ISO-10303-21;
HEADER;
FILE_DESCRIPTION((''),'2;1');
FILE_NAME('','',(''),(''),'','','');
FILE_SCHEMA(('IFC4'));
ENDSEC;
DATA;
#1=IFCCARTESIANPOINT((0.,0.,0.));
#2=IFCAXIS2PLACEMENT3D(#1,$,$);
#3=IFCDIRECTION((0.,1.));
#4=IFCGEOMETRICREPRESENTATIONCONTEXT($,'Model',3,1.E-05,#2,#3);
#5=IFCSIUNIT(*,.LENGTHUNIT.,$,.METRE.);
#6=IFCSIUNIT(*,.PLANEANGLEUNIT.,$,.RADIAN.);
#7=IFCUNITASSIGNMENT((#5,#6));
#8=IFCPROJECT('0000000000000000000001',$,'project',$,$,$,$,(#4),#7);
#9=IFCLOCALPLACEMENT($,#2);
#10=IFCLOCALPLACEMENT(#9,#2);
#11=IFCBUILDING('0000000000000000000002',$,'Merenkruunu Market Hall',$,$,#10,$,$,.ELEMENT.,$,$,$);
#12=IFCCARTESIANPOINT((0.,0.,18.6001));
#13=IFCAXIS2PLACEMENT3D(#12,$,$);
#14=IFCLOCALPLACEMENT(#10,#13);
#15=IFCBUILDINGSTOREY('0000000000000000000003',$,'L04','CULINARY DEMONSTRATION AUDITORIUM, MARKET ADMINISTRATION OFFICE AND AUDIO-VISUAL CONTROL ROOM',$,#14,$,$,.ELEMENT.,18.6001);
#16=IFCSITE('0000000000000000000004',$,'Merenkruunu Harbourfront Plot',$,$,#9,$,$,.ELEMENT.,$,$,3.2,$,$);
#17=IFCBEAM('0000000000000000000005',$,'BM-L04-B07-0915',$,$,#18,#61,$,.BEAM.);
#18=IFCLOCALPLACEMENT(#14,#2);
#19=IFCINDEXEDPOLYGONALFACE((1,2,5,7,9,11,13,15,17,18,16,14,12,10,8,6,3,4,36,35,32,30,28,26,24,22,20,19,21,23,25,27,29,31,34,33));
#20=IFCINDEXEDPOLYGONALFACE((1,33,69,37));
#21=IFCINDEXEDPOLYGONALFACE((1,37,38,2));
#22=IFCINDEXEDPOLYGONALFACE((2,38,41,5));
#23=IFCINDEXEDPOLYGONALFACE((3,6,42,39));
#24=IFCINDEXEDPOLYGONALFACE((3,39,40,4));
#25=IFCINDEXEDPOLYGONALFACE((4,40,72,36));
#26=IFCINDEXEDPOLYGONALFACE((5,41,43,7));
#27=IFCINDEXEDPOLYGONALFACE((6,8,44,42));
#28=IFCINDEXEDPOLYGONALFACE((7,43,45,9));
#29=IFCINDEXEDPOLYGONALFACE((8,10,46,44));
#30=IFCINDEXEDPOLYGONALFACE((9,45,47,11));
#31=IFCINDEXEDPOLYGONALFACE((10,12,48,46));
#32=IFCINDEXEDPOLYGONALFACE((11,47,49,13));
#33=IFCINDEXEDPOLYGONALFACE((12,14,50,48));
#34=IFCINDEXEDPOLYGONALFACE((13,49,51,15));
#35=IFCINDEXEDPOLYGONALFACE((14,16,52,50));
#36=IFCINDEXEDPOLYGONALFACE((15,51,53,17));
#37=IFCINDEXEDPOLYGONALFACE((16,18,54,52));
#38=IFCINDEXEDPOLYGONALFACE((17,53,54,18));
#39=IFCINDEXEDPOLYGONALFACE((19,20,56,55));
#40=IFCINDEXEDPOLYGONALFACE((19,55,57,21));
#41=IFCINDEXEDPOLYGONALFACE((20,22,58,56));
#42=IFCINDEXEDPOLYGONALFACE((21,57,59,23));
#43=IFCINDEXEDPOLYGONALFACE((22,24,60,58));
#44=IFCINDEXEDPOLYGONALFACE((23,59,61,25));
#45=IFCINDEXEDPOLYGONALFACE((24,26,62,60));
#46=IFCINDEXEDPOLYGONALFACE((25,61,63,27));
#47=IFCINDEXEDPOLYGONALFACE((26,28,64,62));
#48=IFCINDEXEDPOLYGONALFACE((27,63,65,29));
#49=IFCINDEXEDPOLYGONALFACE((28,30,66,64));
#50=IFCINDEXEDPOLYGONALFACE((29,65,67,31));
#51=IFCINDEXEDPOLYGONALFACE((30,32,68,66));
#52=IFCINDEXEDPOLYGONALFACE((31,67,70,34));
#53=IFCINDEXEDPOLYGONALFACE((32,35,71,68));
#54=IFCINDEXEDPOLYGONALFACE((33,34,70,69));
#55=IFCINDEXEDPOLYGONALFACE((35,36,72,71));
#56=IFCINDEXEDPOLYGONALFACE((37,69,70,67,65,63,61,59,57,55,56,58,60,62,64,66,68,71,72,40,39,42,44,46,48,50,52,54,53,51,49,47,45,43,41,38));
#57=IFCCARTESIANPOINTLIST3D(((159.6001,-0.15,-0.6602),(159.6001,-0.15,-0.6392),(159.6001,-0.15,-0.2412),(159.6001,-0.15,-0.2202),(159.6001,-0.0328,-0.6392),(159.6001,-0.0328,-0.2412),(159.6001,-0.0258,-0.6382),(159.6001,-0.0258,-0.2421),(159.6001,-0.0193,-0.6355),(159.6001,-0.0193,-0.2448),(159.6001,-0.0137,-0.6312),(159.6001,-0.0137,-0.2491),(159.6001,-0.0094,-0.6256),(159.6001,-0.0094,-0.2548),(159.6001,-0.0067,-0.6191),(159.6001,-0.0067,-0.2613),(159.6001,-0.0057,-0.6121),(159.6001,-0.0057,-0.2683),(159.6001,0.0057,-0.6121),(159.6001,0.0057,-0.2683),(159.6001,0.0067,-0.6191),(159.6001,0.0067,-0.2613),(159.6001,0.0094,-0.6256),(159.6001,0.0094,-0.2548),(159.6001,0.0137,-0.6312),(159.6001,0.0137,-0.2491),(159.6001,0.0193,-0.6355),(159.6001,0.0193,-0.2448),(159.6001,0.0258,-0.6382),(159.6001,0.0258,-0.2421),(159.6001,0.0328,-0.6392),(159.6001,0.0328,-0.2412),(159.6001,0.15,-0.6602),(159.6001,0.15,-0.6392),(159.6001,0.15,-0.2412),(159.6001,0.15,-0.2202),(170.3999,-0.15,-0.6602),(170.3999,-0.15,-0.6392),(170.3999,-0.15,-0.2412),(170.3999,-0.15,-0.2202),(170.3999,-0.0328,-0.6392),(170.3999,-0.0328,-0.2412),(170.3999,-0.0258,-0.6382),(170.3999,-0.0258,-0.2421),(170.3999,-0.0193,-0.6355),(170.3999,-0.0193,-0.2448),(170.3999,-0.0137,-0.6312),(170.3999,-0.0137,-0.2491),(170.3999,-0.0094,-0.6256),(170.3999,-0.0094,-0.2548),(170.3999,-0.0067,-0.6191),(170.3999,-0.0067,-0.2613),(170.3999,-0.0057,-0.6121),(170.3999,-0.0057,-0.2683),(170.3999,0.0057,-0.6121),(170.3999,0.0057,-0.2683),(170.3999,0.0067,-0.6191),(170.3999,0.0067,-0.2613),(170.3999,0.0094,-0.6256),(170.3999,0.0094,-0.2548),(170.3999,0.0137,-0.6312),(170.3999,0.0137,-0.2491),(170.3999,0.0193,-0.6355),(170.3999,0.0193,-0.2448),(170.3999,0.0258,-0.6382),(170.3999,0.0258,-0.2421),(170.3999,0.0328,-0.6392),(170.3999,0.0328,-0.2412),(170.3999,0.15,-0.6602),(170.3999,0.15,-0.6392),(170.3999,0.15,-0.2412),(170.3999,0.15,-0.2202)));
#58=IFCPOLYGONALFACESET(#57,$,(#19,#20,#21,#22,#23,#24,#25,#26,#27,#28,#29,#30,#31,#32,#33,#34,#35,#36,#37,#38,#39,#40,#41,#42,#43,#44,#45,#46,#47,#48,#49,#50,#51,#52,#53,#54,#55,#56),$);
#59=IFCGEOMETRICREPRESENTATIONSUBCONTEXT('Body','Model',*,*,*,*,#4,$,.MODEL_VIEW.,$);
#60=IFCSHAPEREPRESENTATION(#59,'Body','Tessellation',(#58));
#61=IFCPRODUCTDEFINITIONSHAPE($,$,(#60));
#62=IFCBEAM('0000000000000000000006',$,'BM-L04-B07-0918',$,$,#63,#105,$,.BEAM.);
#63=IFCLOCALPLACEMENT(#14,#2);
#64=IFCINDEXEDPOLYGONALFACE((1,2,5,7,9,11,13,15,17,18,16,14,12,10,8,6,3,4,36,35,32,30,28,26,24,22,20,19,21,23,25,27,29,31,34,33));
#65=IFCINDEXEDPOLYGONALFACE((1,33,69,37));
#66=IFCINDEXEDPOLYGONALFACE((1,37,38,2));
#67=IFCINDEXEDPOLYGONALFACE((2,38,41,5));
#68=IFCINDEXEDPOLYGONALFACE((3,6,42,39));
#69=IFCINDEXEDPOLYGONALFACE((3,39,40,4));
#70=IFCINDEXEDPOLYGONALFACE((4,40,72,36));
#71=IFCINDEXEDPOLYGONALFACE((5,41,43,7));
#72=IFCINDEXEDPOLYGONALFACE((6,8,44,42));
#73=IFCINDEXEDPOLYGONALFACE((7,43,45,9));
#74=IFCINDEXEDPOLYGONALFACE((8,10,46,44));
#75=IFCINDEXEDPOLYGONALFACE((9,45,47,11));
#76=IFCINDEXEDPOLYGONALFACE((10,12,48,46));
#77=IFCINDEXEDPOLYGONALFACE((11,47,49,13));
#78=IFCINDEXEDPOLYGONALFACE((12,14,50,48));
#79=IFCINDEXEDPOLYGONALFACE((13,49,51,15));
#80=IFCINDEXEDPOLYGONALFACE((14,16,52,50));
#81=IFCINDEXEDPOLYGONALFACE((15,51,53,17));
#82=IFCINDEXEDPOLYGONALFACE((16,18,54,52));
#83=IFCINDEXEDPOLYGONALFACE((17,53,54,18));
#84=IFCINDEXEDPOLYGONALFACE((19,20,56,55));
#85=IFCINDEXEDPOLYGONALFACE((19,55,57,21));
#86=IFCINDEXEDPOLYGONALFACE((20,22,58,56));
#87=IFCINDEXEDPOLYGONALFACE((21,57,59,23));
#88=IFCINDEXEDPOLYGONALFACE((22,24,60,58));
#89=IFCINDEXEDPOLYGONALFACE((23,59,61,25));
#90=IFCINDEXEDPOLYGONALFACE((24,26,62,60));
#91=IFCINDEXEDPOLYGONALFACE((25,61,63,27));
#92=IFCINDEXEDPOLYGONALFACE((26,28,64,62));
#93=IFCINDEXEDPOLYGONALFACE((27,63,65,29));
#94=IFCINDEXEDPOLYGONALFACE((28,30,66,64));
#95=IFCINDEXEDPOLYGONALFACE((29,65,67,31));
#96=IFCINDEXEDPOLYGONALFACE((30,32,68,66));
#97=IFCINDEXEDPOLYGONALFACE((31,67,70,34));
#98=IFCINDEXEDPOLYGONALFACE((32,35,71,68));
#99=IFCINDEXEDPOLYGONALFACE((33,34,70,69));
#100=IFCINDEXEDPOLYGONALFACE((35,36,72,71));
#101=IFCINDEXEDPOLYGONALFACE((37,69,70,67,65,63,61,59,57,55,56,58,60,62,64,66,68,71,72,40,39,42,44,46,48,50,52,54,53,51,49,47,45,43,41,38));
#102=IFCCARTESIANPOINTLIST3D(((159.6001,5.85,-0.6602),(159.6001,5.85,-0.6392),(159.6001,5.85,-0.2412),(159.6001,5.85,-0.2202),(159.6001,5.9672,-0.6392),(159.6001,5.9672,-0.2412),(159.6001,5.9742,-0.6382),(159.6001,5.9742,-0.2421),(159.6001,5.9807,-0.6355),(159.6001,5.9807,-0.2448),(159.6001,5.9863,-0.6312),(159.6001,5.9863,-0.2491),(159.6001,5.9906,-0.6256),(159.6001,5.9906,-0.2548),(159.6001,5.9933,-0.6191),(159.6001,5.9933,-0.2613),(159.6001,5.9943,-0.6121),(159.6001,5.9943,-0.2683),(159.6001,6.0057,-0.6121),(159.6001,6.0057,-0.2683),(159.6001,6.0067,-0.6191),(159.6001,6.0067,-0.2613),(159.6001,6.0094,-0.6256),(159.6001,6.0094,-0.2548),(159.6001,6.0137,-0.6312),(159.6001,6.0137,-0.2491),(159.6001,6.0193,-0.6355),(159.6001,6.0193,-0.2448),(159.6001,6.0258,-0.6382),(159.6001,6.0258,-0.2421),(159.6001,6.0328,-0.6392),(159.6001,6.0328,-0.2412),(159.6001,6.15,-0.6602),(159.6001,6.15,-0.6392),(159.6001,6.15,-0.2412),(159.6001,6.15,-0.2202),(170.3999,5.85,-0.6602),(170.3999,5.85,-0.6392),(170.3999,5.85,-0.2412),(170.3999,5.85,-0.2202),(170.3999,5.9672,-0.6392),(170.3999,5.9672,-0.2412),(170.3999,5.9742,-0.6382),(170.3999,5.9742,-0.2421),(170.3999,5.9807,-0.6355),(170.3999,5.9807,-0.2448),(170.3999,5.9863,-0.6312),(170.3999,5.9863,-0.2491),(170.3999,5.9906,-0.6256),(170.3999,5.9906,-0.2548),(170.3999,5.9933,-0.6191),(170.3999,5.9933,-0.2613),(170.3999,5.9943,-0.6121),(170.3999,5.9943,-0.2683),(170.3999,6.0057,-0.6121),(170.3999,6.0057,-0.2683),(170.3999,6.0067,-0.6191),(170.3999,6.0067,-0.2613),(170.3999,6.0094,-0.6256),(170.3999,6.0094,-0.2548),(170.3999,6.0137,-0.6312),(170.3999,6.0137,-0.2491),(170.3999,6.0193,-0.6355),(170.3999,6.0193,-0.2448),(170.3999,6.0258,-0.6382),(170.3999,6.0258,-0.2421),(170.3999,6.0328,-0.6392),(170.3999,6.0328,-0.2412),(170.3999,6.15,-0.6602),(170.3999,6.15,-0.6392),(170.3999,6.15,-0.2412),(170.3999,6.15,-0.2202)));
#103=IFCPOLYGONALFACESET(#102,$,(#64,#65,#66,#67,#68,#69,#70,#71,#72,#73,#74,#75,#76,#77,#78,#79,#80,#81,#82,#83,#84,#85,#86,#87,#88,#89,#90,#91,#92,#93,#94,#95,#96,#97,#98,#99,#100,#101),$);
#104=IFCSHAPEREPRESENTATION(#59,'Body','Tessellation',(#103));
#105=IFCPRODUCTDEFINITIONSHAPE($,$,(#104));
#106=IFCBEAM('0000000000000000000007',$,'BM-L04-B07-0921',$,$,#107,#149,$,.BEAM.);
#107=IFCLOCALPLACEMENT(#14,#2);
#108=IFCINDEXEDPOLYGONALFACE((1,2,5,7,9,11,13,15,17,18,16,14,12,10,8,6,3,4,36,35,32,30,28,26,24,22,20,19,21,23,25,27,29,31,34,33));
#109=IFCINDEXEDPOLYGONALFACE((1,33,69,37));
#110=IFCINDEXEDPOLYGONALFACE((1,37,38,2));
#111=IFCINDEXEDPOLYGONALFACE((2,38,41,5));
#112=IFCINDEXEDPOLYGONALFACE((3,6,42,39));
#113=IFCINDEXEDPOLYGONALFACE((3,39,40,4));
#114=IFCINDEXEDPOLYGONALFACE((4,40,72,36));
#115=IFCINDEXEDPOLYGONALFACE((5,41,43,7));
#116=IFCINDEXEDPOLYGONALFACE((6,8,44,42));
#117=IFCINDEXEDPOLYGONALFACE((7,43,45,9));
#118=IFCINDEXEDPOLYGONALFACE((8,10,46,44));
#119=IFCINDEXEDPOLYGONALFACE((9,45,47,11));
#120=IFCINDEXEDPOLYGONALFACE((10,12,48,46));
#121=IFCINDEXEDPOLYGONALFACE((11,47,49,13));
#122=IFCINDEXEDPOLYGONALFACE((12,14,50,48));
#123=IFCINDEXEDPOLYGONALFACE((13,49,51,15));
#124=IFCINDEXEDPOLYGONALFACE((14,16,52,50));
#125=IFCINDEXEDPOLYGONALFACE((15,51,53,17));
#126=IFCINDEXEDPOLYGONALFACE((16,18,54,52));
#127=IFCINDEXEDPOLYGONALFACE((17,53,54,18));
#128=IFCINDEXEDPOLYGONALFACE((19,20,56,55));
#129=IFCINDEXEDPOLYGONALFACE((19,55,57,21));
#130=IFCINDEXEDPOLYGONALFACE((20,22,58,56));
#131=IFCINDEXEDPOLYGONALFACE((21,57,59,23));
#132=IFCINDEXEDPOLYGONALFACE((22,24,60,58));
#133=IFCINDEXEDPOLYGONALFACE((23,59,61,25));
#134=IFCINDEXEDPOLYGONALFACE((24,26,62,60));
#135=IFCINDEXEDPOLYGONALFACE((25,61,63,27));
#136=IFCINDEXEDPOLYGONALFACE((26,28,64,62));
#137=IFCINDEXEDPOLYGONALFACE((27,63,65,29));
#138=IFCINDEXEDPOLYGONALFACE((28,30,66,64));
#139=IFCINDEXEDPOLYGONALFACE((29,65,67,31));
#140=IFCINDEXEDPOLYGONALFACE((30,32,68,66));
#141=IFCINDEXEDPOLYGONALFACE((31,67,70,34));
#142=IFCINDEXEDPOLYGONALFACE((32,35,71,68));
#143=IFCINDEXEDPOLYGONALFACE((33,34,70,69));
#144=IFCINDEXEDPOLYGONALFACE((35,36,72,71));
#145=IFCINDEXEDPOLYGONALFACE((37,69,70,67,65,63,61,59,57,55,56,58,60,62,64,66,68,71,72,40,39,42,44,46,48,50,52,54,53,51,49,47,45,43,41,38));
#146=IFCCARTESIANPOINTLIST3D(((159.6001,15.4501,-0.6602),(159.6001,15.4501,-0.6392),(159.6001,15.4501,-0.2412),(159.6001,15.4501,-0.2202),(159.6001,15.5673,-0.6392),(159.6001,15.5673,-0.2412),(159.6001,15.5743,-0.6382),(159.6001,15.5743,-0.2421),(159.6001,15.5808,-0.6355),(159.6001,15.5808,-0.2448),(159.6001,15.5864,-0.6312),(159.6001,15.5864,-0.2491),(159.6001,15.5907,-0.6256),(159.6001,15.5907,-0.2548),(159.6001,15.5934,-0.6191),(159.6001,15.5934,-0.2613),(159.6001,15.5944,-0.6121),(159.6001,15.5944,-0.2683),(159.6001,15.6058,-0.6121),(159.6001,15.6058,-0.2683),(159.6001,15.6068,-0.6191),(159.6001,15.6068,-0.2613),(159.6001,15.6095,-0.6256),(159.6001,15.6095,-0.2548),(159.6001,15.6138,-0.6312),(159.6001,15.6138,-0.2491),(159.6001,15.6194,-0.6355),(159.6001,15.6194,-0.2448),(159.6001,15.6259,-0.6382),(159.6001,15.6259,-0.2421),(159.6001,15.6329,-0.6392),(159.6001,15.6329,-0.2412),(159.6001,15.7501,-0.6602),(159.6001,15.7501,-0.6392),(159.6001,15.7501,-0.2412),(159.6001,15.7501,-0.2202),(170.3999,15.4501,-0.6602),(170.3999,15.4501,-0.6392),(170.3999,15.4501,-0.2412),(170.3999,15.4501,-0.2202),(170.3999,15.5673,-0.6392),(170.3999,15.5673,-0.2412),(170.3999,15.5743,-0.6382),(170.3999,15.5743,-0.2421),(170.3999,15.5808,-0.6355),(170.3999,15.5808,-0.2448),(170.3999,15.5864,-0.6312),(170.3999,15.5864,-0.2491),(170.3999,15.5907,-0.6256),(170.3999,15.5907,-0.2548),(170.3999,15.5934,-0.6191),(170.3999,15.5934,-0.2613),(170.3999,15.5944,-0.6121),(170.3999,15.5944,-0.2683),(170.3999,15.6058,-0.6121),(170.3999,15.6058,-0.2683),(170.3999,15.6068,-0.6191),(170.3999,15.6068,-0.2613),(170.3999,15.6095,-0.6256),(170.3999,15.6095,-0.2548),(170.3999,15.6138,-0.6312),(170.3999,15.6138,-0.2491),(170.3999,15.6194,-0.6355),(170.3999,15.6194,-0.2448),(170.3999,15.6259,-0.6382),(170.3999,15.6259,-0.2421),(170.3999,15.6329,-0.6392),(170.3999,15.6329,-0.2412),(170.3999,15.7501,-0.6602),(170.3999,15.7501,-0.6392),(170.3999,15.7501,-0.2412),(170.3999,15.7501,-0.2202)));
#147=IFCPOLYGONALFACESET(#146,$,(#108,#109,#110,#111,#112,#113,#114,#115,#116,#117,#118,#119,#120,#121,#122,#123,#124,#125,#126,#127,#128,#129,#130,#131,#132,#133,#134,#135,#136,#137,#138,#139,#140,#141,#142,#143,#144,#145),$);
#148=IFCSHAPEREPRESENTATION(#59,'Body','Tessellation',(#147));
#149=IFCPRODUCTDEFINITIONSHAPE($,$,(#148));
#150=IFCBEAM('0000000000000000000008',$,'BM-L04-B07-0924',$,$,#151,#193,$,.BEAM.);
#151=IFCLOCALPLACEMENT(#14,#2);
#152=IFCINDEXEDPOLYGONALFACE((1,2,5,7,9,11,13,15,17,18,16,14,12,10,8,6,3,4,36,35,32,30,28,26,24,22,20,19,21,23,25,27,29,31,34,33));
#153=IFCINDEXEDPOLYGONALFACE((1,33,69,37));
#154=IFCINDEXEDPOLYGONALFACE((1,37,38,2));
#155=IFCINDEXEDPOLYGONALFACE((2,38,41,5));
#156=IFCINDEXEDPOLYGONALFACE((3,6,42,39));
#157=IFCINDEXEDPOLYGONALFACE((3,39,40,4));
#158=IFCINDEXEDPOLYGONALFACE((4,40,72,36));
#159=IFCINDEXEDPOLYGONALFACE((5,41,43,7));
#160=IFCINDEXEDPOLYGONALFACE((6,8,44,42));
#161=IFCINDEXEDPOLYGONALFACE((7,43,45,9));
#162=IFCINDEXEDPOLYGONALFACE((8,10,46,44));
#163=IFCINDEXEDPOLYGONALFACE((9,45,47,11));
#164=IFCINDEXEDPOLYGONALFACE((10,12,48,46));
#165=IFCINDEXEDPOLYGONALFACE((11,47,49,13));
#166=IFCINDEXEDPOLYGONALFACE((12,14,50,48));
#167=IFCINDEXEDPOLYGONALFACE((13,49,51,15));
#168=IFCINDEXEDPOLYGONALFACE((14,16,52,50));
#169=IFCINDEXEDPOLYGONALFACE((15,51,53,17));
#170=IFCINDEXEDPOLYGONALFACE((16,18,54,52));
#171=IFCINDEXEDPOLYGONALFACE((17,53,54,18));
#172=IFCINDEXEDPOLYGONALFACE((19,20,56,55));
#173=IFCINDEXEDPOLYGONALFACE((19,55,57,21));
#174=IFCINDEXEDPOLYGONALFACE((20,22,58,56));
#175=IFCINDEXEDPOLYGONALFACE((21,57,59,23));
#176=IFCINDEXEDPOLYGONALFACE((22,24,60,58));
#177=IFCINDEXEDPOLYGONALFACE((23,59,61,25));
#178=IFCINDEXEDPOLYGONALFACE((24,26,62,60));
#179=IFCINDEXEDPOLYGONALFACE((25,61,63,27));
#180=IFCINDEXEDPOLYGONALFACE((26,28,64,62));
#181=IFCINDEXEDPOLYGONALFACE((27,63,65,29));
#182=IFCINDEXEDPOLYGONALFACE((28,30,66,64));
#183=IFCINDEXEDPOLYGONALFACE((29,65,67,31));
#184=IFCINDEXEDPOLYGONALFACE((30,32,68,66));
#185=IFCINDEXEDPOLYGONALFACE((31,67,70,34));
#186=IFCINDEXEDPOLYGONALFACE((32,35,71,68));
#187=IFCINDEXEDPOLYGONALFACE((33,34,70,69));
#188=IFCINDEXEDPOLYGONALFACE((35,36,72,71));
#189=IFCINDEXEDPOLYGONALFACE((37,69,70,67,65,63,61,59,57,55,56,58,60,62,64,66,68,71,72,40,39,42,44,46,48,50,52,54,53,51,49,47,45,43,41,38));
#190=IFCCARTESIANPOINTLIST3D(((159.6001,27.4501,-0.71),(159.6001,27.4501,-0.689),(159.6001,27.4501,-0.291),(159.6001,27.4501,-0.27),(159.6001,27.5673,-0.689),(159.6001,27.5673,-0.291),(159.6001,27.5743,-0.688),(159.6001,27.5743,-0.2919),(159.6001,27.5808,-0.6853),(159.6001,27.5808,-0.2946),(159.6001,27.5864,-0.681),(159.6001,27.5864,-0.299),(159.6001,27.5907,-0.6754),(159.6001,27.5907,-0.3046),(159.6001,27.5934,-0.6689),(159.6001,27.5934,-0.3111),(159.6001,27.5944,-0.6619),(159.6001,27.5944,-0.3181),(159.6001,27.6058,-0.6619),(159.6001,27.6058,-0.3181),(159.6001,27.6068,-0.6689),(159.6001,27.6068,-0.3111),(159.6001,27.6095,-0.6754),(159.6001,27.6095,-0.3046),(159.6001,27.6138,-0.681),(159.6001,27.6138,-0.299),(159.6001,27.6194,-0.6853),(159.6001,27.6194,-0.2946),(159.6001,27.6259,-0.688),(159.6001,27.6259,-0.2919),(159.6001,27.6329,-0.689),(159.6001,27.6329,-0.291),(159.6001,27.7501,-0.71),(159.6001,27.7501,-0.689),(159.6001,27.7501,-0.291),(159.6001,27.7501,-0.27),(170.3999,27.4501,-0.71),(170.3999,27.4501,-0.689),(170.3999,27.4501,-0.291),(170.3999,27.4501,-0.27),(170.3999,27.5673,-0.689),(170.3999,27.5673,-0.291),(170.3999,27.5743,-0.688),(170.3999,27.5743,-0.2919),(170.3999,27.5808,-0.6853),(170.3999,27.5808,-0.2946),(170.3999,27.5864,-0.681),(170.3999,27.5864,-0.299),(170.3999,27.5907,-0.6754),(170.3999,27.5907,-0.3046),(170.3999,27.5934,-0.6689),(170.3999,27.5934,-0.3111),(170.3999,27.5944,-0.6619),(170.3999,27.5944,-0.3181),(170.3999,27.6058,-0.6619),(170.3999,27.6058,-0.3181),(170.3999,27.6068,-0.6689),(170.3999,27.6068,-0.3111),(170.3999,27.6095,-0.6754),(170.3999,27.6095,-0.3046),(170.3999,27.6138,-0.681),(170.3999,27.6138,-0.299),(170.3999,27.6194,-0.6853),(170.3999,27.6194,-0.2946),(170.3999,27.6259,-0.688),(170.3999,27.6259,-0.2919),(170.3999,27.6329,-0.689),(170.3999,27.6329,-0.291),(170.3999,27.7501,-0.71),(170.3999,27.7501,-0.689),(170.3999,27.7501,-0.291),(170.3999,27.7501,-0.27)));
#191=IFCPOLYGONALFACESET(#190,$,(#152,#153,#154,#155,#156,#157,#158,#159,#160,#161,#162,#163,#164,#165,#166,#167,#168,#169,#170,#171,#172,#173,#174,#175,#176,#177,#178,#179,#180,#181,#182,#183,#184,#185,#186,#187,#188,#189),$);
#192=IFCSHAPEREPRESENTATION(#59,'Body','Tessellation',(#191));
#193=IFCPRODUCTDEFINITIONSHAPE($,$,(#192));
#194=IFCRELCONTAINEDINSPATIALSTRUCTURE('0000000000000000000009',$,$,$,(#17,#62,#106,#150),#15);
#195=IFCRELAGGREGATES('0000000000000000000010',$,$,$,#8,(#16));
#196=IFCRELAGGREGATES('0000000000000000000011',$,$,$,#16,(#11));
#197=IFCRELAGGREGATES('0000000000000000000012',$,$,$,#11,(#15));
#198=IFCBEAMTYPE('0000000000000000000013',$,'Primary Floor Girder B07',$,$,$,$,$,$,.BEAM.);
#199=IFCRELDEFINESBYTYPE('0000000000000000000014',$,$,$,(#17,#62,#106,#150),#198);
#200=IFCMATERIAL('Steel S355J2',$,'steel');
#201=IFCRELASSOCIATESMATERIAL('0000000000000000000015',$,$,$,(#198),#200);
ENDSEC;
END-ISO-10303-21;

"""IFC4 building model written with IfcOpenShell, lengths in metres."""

from ifc_helpers import new_model, si_unit, direction, frame, origin, origin_2d, place, context, subcontext, project, spatial, i_section, extrude, material, material_profile, profile_set, type_object, element, save


model = new_model("IFC4")

# Units and contexts
model_context = context("Model", 3, precision=1e-05, world=origin(), true_north=direction((0.0, 1.0)))
body_context = subcontext(model_context, "Body", "Model", "MODEL_VIEW")
ifc_project = project(units=[si_unit("LENGTHUNIT", "METRE"), si_unit("PLANEANGLEUNIT", "RADIAN")], contexts=[model_context])

# Site, building, storey
site_placement = place(None, origin())
site = spatial("IfcSite", under=ifc_project, at=site_placement, Name="Merenkruunu Harbourfront Plot", CompositionType="ELEMENT", RefElevation=3.2)
building_placement = place(site_placement, origin())
building = spatial("IfcBuilding", under=site, at=building_placement, Name="Merenkruunu Market Hall", CompositionType="ELEMENT")
storey_placement = place(building_placement, frame((0.0, 0.0, 18.6001)))
storey = spatial("IfcBuildingStorey", under=building, at=storey_placement, Name="L04", Description="CULINARY DEMONSTRATION AUDITORIUM, MARKET ADMINISTRATION OFFICE AND AUDIO-VISUAL CONTROL ROOM", CompositionType="ELEMENT", Elevation=18.6001)

# Shared definitions
ifc_material_1 = material(Name="Steel S355J2", Category="steel")

# Beams
ifc_material_profile_1 = material_profile(ifc_material_1, i_section(OverallWidth=0.3, OverallDepth=0.4399, WebThickness=0.0115, FlangeThickness=0.021, FilletRadius=0.0271, at=origin_2d()), Name="HEA 450")
ifc_profile_set_1 = profile_set([ifc_material_profile_1], Name="Steel S355J2")
beam_type_1 = type_object("IfcBeamType", Name="Primary Floor Girder B07", PredefinedType="BEAM", material=ifc_profile_set_1)
for number, where, z_axis, x_axis, name in (
    (1, (159.6001, 0.0, -0.4402), (1.0, 0.0, 0.0), (0.0, 1.0, 0.0), "BM-L04-B07-0915"),
    (2, (159.6001, 6.0, -0.4402), (1.0, 0.0, 0.0), (0.0, 1.0, 0.0), "BM-L04-B07-0918"),
    (3, (159.6001, 15.6001, -0.4402), (1.0, 0.0, 0.0), (0.0, 1.0, 0.0), "BM-L04-B07-0921"),
    (4, (159.6001, 27.6001, -0.49), (1.0, 0.0, 0.0), (0.0, 1.0, 0.0), "BM-L04-B07-0924"),
):
    element("IfcBeam", number, at=place(storey_placement, frame(where, z_axis=z_axis, x_axis=x_axis)), inside=storey, type_object=beam_type_1, Name=name, PredefinedType="BEAM", context=body_context, shape_type="SweptSolid", body=[
        extrude(i_section(OverallWidth=0.3, OverallDepth=0.4399, WebThickness=0.0115, FlangeThickness=0.021, FilletRadius=0.0271, at=origin_2d()), origin(), (0.0, 0.0, 1.0), 10.7998),
    ])

save(model, "model.ifc")
